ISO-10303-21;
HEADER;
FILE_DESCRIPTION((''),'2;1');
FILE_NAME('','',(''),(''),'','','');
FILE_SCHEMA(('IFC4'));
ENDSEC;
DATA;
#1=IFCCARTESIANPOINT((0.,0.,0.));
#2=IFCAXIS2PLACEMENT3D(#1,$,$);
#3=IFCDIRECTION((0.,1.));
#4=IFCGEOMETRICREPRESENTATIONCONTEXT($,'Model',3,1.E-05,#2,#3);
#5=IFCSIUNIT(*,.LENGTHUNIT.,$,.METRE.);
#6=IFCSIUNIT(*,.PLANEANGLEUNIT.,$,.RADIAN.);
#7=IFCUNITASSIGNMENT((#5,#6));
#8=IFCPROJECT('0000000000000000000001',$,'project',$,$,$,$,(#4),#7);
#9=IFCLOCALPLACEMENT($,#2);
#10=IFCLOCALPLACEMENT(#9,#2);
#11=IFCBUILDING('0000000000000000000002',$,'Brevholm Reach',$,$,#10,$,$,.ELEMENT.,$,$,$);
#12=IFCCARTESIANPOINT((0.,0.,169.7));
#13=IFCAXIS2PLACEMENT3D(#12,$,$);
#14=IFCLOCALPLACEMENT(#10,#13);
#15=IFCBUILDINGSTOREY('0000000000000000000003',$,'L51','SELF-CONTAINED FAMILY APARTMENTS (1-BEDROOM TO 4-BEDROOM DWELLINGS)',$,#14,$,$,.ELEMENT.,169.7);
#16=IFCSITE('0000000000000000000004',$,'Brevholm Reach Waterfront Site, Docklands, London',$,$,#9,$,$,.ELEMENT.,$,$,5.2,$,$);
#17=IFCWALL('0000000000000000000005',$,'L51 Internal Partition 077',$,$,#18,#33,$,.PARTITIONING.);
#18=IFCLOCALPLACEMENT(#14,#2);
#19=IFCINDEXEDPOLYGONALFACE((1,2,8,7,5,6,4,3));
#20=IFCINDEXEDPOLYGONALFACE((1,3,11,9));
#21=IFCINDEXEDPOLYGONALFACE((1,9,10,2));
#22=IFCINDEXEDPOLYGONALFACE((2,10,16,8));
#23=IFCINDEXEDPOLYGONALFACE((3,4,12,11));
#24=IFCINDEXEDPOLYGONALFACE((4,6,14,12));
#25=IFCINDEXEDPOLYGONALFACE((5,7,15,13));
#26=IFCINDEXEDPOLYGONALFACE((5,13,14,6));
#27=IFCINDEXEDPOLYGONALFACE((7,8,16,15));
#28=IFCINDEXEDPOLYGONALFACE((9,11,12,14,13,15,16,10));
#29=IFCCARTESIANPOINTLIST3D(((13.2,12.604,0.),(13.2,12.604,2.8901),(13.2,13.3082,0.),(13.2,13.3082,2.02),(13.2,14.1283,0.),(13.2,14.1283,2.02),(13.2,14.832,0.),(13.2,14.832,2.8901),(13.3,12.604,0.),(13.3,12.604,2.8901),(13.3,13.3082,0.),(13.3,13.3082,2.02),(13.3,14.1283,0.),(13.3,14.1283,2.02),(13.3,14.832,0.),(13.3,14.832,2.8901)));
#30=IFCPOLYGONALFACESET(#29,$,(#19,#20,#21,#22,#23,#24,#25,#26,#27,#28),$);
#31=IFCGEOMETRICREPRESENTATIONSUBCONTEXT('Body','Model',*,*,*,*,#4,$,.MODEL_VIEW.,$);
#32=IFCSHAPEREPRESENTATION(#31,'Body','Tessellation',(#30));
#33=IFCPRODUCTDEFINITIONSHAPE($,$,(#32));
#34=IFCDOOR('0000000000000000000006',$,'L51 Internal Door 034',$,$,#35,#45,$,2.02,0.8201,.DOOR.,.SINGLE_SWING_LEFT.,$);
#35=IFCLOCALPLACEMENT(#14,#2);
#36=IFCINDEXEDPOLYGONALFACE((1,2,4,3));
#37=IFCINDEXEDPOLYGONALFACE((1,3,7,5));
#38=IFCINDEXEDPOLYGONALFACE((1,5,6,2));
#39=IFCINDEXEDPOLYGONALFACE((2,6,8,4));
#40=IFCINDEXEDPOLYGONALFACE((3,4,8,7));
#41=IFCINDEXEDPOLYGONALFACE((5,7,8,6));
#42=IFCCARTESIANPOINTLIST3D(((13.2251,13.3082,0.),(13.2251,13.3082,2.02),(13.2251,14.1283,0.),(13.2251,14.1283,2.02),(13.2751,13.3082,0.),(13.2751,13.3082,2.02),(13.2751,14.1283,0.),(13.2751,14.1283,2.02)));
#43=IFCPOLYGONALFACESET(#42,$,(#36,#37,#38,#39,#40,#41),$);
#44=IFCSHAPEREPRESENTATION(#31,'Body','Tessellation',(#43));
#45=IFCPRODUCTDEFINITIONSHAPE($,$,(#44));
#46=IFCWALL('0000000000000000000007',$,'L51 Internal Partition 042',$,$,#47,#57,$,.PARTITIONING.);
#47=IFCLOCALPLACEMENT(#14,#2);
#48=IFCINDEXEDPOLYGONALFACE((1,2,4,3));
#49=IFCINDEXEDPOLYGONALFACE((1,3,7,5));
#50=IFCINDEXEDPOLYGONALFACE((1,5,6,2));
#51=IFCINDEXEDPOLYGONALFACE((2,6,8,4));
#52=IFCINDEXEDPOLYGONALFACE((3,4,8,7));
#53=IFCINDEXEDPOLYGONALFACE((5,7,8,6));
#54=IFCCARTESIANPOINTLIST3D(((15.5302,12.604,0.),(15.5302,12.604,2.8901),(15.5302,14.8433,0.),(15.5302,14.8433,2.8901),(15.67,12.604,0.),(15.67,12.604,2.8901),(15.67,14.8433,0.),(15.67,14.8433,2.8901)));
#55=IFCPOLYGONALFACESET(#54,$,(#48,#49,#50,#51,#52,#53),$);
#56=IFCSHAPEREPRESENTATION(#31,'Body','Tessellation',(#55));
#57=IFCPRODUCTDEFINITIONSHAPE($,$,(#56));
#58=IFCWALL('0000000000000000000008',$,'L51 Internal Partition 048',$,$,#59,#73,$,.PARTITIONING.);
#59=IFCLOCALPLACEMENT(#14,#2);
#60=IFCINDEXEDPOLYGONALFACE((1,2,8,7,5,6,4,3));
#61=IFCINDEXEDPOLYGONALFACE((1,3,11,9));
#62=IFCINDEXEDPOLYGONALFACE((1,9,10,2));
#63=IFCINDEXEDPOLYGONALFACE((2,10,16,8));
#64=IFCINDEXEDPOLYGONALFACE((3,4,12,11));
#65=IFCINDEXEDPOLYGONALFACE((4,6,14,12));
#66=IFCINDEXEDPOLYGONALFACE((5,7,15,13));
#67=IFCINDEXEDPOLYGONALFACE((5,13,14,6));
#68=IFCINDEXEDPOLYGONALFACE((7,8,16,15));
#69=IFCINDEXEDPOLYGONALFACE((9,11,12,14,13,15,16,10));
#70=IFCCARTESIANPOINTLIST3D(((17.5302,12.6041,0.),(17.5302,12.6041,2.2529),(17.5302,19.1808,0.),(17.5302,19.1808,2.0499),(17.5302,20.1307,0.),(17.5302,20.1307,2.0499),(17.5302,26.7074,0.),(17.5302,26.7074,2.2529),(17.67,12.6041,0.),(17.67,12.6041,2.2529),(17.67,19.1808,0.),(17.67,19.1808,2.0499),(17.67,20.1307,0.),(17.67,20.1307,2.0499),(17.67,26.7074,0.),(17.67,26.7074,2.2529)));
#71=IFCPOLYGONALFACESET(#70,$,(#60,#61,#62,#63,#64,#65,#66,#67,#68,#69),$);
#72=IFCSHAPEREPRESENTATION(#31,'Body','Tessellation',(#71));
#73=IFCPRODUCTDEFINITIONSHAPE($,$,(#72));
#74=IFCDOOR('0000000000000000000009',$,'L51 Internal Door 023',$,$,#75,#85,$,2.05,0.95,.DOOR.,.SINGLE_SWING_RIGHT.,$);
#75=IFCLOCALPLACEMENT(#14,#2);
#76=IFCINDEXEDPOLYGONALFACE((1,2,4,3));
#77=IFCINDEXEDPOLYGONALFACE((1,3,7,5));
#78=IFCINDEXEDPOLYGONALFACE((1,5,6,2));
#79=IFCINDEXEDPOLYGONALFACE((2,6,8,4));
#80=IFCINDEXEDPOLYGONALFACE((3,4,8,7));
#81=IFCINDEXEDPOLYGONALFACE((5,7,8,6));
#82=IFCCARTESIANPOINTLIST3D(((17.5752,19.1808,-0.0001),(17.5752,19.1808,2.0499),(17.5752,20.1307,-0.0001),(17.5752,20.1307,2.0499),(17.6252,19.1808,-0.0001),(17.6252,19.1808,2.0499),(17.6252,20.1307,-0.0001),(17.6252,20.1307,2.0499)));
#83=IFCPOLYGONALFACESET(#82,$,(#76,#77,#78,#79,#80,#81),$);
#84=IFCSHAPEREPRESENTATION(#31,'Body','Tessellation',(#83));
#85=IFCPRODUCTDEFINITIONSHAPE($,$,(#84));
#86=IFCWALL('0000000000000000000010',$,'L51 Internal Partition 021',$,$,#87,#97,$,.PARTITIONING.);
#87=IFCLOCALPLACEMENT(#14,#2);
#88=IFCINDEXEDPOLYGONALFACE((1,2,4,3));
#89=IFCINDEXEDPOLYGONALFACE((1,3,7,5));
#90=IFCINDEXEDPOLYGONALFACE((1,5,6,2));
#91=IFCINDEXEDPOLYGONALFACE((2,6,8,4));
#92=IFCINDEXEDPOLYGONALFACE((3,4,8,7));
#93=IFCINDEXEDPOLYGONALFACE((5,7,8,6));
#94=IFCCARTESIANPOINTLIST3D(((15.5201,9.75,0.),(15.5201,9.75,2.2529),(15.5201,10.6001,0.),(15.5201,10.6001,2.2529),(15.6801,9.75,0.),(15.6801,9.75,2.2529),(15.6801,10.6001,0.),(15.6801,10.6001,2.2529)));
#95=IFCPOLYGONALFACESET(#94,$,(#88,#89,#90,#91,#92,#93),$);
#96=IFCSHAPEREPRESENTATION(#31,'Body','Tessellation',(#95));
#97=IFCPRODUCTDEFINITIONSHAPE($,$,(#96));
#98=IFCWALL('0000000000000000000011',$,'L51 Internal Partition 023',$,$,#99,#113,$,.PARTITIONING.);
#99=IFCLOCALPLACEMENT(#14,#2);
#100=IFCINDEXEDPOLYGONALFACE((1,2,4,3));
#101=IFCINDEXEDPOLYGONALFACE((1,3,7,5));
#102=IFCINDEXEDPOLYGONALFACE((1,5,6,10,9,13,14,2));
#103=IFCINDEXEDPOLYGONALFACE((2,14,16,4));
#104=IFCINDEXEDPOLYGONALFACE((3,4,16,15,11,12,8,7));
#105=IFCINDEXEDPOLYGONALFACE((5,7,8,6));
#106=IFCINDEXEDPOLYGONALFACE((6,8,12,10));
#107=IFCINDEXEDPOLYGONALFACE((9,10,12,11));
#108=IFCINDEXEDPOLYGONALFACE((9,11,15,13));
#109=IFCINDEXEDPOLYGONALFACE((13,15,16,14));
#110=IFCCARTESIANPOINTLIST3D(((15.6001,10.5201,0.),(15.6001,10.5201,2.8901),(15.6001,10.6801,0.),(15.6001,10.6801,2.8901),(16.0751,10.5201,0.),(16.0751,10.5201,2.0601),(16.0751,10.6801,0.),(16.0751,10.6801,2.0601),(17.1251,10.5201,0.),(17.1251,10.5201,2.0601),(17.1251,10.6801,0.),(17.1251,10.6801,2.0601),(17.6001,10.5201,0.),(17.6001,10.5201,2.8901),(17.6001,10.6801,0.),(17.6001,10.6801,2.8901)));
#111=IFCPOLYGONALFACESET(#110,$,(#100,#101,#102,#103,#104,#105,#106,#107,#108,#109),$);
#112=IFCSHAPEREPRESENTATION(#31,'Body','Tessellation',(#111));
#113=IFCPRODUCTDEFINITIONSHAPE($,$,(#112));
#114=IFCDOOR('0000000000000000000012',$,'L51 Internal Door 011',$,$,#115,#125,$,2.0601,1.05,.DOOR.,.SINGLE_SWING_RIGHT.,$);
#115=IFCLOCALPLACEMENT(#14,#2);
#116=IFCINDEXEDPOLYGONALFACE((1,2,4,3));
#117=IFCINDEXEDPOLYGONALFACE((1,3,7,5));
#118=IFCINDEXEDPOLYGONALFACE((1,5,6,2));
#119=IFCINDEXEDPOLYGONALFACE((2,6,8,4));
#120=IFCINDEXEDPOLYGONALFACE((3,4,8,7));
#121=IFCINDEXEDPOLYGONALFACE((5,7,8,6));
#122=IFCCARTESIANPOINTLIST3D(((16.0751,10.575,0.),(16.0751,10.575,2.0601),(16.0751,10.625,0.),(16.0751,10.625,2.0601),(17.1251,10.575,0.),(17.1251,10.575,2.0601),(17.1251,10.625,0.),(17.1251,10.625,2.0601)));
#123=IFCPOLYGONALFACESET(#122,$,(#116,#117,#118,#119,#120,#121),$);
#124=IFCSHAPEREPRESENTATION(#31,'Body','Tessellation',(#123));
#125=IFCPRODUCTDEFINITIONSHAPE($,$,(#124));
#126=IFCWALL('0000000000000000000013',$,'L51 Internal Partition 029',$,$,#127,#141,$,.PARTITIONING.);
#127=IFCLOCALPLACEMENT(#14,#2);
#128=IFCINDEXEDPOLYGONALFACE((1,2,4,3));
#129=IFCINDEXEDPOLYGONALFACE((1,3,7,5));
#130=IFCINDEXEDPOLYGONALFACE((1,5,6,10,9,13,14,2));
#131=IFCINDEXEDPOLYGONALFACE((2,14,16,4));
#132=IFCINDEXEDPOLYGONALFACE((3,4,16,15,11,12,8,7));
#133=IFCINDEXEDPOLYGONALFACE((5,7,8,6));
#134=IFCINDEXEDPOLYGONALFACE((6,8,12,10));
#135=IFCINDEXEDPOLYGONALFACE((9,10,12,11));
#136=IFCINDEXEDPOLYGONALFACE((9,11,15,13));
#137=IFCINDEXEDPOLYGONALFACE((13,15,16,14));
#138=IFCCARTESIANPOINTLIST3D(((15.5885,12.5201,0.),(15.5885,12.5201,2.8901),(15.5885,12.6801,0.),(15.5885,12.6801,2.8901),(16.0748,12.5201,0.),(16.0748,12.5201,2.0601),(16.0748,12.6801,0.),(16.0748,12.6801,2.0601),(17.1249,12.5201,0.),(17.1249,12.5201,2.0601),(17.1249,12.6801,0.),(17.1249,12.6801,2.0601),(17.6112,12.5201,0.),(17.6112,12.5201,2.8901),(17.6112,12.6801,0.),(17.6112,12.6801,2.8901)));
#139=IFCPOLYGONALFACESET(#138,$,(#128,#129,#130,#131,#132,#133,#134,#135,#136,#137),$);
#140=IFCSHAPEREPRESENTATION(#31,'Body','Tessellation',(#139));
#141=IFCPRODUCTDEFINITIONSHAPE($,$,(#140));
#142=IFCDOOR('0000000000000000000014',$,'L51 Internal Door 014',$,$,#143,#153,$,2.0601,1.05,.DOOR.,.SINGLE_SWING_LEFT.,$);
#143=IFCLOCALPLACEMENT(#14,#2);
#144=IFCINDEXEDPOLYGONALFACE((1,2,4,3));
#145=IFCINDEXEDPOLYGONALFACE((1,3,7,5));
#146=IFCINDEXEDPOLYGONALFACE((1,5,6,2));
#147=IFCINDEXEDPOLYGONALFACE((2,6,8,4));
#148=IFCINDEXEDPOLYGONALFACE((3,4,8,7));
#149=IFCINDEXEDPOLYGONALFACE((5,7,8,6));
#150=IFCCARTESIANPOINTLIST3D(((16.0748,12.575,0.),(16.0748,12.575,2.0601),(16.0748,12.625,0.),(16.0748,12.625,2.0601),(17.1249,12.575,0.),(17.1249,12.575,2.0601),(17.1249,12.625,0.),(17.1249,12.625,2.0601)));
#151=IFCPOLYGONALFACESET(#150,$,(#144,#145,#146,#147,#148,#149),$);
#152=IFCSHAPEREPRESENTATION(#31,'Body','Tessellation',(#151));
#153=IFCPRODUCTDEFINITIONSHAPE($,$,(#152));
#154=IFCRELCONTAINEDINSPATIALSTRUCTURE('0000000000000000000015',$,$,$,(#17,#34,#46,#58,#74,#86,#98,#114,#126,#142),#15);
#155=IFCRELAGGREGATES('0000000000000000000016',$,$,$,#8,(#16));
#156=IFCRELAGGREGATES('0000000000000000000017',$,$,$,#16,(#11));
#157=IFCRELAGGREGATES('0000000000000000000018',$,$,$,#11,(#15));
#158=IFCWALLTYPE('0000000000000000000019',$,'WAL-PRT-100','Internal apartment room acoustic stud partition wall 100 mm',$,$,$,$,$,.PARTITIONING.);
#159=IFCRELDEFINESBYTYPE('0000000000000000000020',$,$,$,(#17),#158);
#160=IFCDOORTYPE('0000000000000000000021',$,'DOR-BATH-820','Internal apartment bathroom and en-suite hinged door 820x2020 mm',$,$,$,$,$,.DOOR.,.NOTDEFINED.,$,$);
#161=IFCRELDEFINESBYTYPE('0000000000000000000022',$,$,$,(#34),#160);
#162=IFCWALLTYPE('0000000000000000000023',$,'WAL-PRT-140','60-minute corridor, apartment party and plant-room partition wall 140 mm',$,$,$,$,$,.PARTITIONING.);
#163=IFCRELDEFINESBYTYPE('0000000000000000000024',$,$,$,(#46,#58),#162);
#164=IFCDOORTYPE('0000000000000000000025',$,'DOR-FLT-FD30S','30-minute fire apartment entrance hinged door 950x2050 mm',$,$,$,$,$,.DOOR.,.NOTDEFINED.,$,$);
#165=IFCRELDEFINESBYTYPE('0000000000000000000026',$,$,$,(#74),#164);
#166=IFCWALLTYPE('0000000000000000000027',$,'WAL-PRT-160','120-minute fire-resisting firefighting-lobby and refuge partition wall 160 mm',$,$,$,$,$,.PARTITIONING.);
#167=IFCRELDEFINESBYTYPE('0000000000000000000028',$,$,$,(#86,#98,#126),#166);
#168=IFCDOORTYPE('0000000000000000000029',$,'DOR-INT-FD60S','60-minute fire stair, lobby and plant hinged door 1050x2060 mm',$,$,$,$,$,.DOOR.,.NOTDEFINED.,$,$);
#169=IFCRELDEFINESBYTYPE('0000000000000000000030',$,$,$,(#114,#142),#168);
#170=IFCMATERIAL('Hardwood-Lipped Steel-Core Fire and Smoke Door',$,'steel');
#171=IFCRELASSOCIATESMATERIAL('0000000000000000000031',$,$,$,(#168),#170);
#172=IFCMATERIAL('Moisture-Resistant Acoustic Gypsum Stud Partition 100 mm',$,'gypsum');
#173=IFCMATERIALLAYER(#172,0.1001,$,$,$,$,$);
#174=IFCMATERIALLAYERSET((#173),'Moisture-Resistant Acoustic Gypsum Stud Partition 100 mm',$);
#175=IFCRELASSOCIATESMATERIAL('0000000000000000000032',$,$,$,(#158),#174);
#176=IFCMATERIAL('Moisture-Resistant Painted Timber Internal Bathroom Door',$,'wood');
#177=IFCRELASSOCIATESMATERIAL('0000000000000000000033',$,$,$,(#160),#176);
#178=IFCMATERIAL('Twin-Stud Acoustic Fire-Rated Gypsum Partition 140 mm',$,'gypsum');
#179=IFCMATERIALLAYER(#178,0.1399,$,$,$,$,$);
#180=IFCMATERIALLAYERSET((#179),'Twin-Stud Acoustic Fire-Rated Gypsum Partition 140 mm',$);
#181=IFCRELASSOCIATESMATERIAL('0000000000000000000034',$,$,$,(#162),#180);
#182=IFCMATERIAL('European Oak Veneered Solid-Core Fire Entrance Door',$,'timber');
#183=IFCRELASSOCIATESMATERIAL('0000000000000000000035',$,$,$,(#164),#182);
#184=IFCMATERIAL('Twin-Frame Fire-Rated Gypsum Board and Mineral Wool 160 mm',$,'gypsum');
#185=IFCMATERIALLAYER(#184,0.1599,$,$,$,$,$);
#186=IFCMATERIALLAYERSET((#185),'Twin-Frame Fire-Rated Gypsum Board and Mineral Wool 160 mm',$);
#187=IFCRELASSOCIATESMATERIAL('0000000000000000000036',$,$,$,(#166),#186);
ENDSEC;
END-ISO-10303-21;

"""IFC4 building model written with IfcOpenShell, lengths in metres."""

from ifc_helpers import new_model, si_unit, direction, frame, frame_2d, origin, place, context, subcontext, project, spatial, rectangle, extrude, material, layer, layer_set, type_object, element, fill, save


model = new_model("IFC4")

# Units and contexts
model_context = context("Model", 3, precision=1e-05, world=origin(), true_north=direction((0.0, 1.0)))
body_context = subcontext(model_context, "Body", "Model", "MODEL_VIEW")
ifc_project = project(units=[si_unit("LENGTHUNIT", "METRE"), si_unit("PLANEANGLEUNIT", "RADIAN")], contexts=[model_context])

# Site, building, storey
site_placement = place(None, origin())
site = spatial("IfcSite", under=ifc_project, at=site_placement, Name="Brevholm Reach Waterfront Site, Docklands, London", CompositionType="ELEMENT", RefElevation=5.2)
building_placement = place(site_placement, origin())
building = spatial("IfcBuilding", under=site, at=building_placement, Name="Brevholm Reach", CompositionType="ELEMENT")
storey_placement = place(building_placement, frame((0.0, 0.0, 169.7)))
storey = spatial("IfcBuildingStorey", under=building, at=storey_placement, Name="L51", Description="SELF-CONTAINED FAMILY APARTMENTS (1-BEDROOM TO 4-BEDROOM DWELLINGS)", CompositionType="ELEMENT", Elevation=169.7)

# Wall, opening, door
ifc_material_1 = material(Name="Hardwood-Lipped Steel-Core Fire and Smoke Door", Category="steel")
door_type_1 = type_object("IfcDoorType", Name="DOR-INT-FD60S", Description="60-minute fire stair, lobby and plant hinged door 1050x2060 mm", OperationType="NOTDEFINED", PredefinedType="DOOR", material=ifc_material_1)
ifc_material_2 = material(Name="Moisture-Resistant Acoustic Gypsum Stud Partition 100 mm", Category="gypsum")
ifc_layer_1 = layer(ifc_material_2, 0.1001)
ifc_layer_set_1 = layer_set([ifc_layer_1], Name="Moisture-Resistant Acoustic Gypsum Stud Partition 100 mm")
wall_type_1 = type_object("IfcWallType", Name="WAL-PRT-100", Description="Internal apartment room acoustic stud partition wall 100 mm", PredefinedType="PARTITIONING", material=ifc_layer_set_1)
wall_1_placement = place(storey_placement, frame((13.25, 12.604, 0.0), z_axis=(0.0, 0.0, 1.0), x_axis=(0.0, 1.0, 0.0)))
wall_1 = element("IfcWall", 1, at=wall_1_placement, inside=storey, type_object=wall_type_1, Name="L51 Internal Partition 077", PredefinedType="PARTITIONING", context=body_context, shape_type="SweptSolid", body=[
    extrude(rectangle(XDim=2.228, YDim=0.1001, at=frame_2d((1.114, 0.0))), origin(), (0.0, 0.0, 1.0), 2.8901),
])
opening_1_placement = place(wall_1_placement, frame((0.7041, 0.0, 0.0)))
opening_1 = element("IfcOpeningElement", 2, at=opening_1_placement, cuts=wall_1, PredefinedType="OPENING", context=body_context, shape_type="SweptSolid", body=[
    extrude(rectangle(XDim=0.8201, YDim=2.02, at=frame_2d((0.4102, 1.01))), frame((0.0, 0.0601, 0.0), z_axis=(0.0, -1.0, 0.0), x_axis=(1.0, 0.0, 0.0)), (0.0, 0.0, 1.0), 0.1201),
])
ifc_material_3 = material(Name="Moisture-Resistant Painted Timber Internal Bathroom Door", Category="wood")
door_type_2 = type_object("IfcDoorType", Name="DOR-BATH-820", Description="Internal apartment bathroom and en-suite hinged door 820x2020 mm", OperationType="NOTDEFINED", PredefinedType="DOOR", material=ifc_material_3)
door_1_placement = place(opening_1_placement, origin())
door_1 = element("IfcDoor", 3, at=door_1_placement, inside=storey, type_object=door_type_2, Name="L51 Internal Door 034", OperationType="SINGLE_SWING_LEFT", OverallHeight=2.02, OverallWidth=0.8201, PredefinedType="DOOR", context=body_context, shape_type="SweptSolid", body=[
    extrude(rectangle(XDim=0.8201, YDim=2.02, at=frame_2d((0.4102, 1.01))), frame((0.0, 0.0249, 0.0), z_axis=(0.0, -1.0, 0.0), x_axis=(1.0, 0.0, 0.0)), (0.0, 0.0, 1.0), 0.05),
])
fill(opening_1, door_1)

# Wall
ifc_material_4 = material(Name="Twin-Stud Acoustic Fire-Rated Gypsum Partition 140 mm", Category="gypsum")
ifc_layer_2 = layer(ifc_material_4, 0.1399)
ifc_layer_set_2 = layer_set([ifc_layer_2], Name="Twin-Stud Acoustic Fire-Rated Gypsum Partition 140 mm")
wall_type_2 = type_object("IfcWallType", Name="WAL-PRT-140", Description="60-minute corridor, apartment party and plant-room partition wall 140 mm", PredefinedType="PARTITIONING", material=ifc_layer_set_2)
wall_2_placement = place(storey_placement, frame((15.6001, 12.604, 0.0), z_axis=(0.0, 0.0, 1.0), x_axis=(0.0, 1.0, 0.0)))
element("IfcWall", 4, at=wall_2_placement, inside=storey, type_object=wall_type_2, Name="L51 Internal Partition 042", PredefinedType="PARTITIONING", context=body_context, shape_type="SweptSolid", body=[
    extrude(rectangle(XDim=2.2393, YDim=0.1399, at=frame_2d((1.1196, 0.0))), origin(), (0.0, 0.0, 1.0), 2.8901),
])

# Wall, opening, door
wall_3_placement = place(storey_placement, frame((17.6001, 12.604, 0.0), z_axis=(0.0, 0.0, 1.0), x_axis=(0.0, 1.0, 0.0)))
wall_3 = element("IfcWall", 5, at=wall_3_placement, inside=storey, type_object=wall_type_2, Name="L51 Internal Partition 048", PredefinedType="PARTITIONING", context=body_context, shape_type="SweptSolid", body=[
    extrude(rectangle(XDim=14.1033, YDim=0.1399, at=frame_2d((7.0518, 0.0))), origin(), (0.0, 0.0, 1.0), 2.2529),
])
opening_2_placement = place(wall_3_placement, frame((6.5767, 0.0, 0.0)))
opening_2 = element("IfcOpeningElement", 6, at=opening_2_placement, cuts=wall_3, PredefinedType="OPENING", context=body_context, shape_type="SweptSolid", body=[
    extrude(rectangle(XDim=0.95, YDim=2.05, at=frame_2d((0.4751, 1.0249))), frame((0.0, 0.0798, 0.0), z_axis=(0.0, -1.0, 0.0), x_axis=(1.0, 0.0, 0.0)), (0.0, 0.0, 1.0), 0.1599),
])
ifc_material_5 = material(Name="European Oak Veneered Solid-Core Fire Entrance Door", Category="timber")
door_type_3 = type_object("IfcDoorType", Name="DOR-FLT-FD30S", Description="30-minute fire apartment entrance hinged door 950x2050 mm", OperationType="NOTDEFINED", PredefinedType="DOOR", material=ifc_material_5)
door_2_placement = place(opening_2_placement, origin())
door_2 = element("IfcDoor", 7, at=door_2_placement, inside=storey, type_object=door_type_3, Name="L51 Internal Door 023", OperationType="SINGLE_SWING_RIGHT", OverallHeight=2.05, OverallWidth=0.95, PredefinedType="DOOR", context=body_context, shape_type="SweptSolid", body=[
    extrude(rectangle(XDim=0.95, YDim=2.05, at=frame_2d((0.4751, 1.0249))), frame((0.0, 0.0249, 0.0), z_axis=(0.0, -1.0, 0.0), x_axis=(1.0, 0.0, 0.0)), (0.0, 0.0, 1.0), 0.05),
])
fill(opening_2, door_2)

# Wall
ifc_material_6 = material(Name="Twin-Frame Fire-Rated Gypsum Board and Mineral Wool 160 mm", Category="gypsum")
ifc_layer_3 = layer(ifc_material_6, 0.1599)
ifc_layer_set_3 = layer_set([ifc_layer_3], Name="Twin-Frame Fire-Rated Gypsum Board and Mineral Wool 160 mm")
wall_type_3 = type_object("IfcWallType", Name="WAL-PRT-160", Description="120-minute fire-resisting firefighting-lobby and refuge partition wall 160 mm", PredefinedType="PARTITIONING", material=ifc_layer_set_3)
wall_4_placement = place(storey_placement, frame((15.6001, 9.75, 0.0), z_axis=(0.0, 0.0, 1.0), x_axis=(0.0, 1.0, 0.0)))
element("IfcWall", 8, at=wall_4_placement, inside=storey, type_object=wall_type_3, Name="L51 Internal Partition 021", PredefinedType="PARTITIONING", context=body_context, shape_type="SweptSolid", body=[
    extrude(rectangle(XDim=0.8501, YDim=0.1599, at=frame_2d((0.425, 0.0))), origin(), (0.0, 0.0, 1.0), 2.2529),
])

# Walls, openings, doors
wall_5_placement = place(storey_placement, frame((15.6001, 10.6001, 0.0), z_axis=(0.0, 0.0, 1.0), x_axis=(1.0, 0.0, 0.0)))
wall_5 = element("IfcWall", 9, at=wall_5_placement, inside=storey, type_object=wall_type_3, Name="L51 Internal Partition 023", PredefinedType="PARTITIONING", context=body_context, shape_type="SweptSolid", body=[
    extrude(rectangle(XDim=2.0, YDim=0.1599, at=frame_2d((1.0, 0.0))), origin(), (0.0, 0.0, 1.0), 2.8901),
])
opening_3_placement = place(wall_5_placement, frame((0.4751, 0.0, 0.0)))
opening_3 = element("IfcOpeningElement", 10, at=opening_3_placement, cuts=wall_5, PredefinedType="OPENING", context=body_context, shape_type="SweptSolid", body=[
    extrude(rectangle(XDim=1.05, YDim=2.0601, at=frame_2d((0.5249, 1.03))), frame((0.0, 0.0898, 0.0), z_axis=(0.0, -1.0, 0.0), x_axis=(1.0, 0.0, 0.0)), (0.0, 0.0, 1.0), 0.1799),
])
door_3_placement = place(opening_3_placement, origin())
door_3 = element("IfcDoor", 11, at=door_3_placement, inside=storey, type_object=door_type_1, Name="L51 Internal Door 011", OperationType="SINGLE_SWING_RIGHT", OverallHeight=2.0601, OverallWidth=1.05, PredefinedType="DOOR", context=body_context, shape_type="SweptSolid", body=[
    extrude(rectangle(XDim=1.05, YDim=2.0601, at=frame_2d((0.5249, 1.03))), frame((0.0, 0.0249, 0.0), z_axis=(0.0, -1.0, 0.0), x_axis=(1.0, 0.0, 0.0)), (0.0, 0.0, 1.0), 0.05),
])
fill(opening_3, door_3)
wall_6_placement = place(storey_placement, frame((15.5886, 12.6001, 0.0), z_axis=(0.0, 0.0, 1.0), x_axis=(1.0, 0.0, 0.0)))
wall_6 = element("IfcWall", 12, at=wall_6_placement, inside=storey, type_object=wall_type_3, Name="L51 Internal Partition 029", PredefinedType="PARTITIONING", context=body_context, shape_type="SweptSolid", body=[
    extrude(rectangle(XDim=2.0227, YDim=0.1599, at=frame_2d((1.0112, 0.0))), origin(), (0.0, 0.0, 1.0), 2.8901),
])
opening_4_placement = place(wall_6_placement, frame((0.4863, 0.0, 0.0)))
opening_4 = element("IfcOpeningElement", 13, at=opening_4_placement, cuts=wall_6, PredefinedType="OPENING", context=body_context, shape_type="SweptSolid", body=[
    extrude(rectangle(XDim=1.05, YDim=2.0601, at=frame_2d((0.5249, 1.03))), frame((0.0, 0.0898, 0.0), z_axis=(0.0, -1.0, 0.0), x_axis=(1.0, 0.0, 0.0)), (0.0, 0.0, 1.0), 0.1799),
])
door_4_placement = place(opening_4_placement, origin())
door_4 = element("IfcDoor", 14, at=door_4_placement, inside=storey, type_object=door_type_1, Name="L51 Internal Door 014", OperationType="SINGLE_SWING_LEFT", OverallHeight=2.0601, OverallWidth=1.05, PredefinedType="DOOR", context=body_context, shape_type="SweptSolid", body=[
    extrude(rectangle(XDim=1.05, YDim=2.0601, at=frame_2d((0.5249, 1.03))), frame((0.0, 0.0249, 0.0), z_axis=(0.0, -1.0, 0.0), x_axis=(1.0, 0.0, 0.0)), (0.0, 0.0, 1.0), 0.05),
])
fill(opening_4, door_4)

save(model, "model.ifc")
